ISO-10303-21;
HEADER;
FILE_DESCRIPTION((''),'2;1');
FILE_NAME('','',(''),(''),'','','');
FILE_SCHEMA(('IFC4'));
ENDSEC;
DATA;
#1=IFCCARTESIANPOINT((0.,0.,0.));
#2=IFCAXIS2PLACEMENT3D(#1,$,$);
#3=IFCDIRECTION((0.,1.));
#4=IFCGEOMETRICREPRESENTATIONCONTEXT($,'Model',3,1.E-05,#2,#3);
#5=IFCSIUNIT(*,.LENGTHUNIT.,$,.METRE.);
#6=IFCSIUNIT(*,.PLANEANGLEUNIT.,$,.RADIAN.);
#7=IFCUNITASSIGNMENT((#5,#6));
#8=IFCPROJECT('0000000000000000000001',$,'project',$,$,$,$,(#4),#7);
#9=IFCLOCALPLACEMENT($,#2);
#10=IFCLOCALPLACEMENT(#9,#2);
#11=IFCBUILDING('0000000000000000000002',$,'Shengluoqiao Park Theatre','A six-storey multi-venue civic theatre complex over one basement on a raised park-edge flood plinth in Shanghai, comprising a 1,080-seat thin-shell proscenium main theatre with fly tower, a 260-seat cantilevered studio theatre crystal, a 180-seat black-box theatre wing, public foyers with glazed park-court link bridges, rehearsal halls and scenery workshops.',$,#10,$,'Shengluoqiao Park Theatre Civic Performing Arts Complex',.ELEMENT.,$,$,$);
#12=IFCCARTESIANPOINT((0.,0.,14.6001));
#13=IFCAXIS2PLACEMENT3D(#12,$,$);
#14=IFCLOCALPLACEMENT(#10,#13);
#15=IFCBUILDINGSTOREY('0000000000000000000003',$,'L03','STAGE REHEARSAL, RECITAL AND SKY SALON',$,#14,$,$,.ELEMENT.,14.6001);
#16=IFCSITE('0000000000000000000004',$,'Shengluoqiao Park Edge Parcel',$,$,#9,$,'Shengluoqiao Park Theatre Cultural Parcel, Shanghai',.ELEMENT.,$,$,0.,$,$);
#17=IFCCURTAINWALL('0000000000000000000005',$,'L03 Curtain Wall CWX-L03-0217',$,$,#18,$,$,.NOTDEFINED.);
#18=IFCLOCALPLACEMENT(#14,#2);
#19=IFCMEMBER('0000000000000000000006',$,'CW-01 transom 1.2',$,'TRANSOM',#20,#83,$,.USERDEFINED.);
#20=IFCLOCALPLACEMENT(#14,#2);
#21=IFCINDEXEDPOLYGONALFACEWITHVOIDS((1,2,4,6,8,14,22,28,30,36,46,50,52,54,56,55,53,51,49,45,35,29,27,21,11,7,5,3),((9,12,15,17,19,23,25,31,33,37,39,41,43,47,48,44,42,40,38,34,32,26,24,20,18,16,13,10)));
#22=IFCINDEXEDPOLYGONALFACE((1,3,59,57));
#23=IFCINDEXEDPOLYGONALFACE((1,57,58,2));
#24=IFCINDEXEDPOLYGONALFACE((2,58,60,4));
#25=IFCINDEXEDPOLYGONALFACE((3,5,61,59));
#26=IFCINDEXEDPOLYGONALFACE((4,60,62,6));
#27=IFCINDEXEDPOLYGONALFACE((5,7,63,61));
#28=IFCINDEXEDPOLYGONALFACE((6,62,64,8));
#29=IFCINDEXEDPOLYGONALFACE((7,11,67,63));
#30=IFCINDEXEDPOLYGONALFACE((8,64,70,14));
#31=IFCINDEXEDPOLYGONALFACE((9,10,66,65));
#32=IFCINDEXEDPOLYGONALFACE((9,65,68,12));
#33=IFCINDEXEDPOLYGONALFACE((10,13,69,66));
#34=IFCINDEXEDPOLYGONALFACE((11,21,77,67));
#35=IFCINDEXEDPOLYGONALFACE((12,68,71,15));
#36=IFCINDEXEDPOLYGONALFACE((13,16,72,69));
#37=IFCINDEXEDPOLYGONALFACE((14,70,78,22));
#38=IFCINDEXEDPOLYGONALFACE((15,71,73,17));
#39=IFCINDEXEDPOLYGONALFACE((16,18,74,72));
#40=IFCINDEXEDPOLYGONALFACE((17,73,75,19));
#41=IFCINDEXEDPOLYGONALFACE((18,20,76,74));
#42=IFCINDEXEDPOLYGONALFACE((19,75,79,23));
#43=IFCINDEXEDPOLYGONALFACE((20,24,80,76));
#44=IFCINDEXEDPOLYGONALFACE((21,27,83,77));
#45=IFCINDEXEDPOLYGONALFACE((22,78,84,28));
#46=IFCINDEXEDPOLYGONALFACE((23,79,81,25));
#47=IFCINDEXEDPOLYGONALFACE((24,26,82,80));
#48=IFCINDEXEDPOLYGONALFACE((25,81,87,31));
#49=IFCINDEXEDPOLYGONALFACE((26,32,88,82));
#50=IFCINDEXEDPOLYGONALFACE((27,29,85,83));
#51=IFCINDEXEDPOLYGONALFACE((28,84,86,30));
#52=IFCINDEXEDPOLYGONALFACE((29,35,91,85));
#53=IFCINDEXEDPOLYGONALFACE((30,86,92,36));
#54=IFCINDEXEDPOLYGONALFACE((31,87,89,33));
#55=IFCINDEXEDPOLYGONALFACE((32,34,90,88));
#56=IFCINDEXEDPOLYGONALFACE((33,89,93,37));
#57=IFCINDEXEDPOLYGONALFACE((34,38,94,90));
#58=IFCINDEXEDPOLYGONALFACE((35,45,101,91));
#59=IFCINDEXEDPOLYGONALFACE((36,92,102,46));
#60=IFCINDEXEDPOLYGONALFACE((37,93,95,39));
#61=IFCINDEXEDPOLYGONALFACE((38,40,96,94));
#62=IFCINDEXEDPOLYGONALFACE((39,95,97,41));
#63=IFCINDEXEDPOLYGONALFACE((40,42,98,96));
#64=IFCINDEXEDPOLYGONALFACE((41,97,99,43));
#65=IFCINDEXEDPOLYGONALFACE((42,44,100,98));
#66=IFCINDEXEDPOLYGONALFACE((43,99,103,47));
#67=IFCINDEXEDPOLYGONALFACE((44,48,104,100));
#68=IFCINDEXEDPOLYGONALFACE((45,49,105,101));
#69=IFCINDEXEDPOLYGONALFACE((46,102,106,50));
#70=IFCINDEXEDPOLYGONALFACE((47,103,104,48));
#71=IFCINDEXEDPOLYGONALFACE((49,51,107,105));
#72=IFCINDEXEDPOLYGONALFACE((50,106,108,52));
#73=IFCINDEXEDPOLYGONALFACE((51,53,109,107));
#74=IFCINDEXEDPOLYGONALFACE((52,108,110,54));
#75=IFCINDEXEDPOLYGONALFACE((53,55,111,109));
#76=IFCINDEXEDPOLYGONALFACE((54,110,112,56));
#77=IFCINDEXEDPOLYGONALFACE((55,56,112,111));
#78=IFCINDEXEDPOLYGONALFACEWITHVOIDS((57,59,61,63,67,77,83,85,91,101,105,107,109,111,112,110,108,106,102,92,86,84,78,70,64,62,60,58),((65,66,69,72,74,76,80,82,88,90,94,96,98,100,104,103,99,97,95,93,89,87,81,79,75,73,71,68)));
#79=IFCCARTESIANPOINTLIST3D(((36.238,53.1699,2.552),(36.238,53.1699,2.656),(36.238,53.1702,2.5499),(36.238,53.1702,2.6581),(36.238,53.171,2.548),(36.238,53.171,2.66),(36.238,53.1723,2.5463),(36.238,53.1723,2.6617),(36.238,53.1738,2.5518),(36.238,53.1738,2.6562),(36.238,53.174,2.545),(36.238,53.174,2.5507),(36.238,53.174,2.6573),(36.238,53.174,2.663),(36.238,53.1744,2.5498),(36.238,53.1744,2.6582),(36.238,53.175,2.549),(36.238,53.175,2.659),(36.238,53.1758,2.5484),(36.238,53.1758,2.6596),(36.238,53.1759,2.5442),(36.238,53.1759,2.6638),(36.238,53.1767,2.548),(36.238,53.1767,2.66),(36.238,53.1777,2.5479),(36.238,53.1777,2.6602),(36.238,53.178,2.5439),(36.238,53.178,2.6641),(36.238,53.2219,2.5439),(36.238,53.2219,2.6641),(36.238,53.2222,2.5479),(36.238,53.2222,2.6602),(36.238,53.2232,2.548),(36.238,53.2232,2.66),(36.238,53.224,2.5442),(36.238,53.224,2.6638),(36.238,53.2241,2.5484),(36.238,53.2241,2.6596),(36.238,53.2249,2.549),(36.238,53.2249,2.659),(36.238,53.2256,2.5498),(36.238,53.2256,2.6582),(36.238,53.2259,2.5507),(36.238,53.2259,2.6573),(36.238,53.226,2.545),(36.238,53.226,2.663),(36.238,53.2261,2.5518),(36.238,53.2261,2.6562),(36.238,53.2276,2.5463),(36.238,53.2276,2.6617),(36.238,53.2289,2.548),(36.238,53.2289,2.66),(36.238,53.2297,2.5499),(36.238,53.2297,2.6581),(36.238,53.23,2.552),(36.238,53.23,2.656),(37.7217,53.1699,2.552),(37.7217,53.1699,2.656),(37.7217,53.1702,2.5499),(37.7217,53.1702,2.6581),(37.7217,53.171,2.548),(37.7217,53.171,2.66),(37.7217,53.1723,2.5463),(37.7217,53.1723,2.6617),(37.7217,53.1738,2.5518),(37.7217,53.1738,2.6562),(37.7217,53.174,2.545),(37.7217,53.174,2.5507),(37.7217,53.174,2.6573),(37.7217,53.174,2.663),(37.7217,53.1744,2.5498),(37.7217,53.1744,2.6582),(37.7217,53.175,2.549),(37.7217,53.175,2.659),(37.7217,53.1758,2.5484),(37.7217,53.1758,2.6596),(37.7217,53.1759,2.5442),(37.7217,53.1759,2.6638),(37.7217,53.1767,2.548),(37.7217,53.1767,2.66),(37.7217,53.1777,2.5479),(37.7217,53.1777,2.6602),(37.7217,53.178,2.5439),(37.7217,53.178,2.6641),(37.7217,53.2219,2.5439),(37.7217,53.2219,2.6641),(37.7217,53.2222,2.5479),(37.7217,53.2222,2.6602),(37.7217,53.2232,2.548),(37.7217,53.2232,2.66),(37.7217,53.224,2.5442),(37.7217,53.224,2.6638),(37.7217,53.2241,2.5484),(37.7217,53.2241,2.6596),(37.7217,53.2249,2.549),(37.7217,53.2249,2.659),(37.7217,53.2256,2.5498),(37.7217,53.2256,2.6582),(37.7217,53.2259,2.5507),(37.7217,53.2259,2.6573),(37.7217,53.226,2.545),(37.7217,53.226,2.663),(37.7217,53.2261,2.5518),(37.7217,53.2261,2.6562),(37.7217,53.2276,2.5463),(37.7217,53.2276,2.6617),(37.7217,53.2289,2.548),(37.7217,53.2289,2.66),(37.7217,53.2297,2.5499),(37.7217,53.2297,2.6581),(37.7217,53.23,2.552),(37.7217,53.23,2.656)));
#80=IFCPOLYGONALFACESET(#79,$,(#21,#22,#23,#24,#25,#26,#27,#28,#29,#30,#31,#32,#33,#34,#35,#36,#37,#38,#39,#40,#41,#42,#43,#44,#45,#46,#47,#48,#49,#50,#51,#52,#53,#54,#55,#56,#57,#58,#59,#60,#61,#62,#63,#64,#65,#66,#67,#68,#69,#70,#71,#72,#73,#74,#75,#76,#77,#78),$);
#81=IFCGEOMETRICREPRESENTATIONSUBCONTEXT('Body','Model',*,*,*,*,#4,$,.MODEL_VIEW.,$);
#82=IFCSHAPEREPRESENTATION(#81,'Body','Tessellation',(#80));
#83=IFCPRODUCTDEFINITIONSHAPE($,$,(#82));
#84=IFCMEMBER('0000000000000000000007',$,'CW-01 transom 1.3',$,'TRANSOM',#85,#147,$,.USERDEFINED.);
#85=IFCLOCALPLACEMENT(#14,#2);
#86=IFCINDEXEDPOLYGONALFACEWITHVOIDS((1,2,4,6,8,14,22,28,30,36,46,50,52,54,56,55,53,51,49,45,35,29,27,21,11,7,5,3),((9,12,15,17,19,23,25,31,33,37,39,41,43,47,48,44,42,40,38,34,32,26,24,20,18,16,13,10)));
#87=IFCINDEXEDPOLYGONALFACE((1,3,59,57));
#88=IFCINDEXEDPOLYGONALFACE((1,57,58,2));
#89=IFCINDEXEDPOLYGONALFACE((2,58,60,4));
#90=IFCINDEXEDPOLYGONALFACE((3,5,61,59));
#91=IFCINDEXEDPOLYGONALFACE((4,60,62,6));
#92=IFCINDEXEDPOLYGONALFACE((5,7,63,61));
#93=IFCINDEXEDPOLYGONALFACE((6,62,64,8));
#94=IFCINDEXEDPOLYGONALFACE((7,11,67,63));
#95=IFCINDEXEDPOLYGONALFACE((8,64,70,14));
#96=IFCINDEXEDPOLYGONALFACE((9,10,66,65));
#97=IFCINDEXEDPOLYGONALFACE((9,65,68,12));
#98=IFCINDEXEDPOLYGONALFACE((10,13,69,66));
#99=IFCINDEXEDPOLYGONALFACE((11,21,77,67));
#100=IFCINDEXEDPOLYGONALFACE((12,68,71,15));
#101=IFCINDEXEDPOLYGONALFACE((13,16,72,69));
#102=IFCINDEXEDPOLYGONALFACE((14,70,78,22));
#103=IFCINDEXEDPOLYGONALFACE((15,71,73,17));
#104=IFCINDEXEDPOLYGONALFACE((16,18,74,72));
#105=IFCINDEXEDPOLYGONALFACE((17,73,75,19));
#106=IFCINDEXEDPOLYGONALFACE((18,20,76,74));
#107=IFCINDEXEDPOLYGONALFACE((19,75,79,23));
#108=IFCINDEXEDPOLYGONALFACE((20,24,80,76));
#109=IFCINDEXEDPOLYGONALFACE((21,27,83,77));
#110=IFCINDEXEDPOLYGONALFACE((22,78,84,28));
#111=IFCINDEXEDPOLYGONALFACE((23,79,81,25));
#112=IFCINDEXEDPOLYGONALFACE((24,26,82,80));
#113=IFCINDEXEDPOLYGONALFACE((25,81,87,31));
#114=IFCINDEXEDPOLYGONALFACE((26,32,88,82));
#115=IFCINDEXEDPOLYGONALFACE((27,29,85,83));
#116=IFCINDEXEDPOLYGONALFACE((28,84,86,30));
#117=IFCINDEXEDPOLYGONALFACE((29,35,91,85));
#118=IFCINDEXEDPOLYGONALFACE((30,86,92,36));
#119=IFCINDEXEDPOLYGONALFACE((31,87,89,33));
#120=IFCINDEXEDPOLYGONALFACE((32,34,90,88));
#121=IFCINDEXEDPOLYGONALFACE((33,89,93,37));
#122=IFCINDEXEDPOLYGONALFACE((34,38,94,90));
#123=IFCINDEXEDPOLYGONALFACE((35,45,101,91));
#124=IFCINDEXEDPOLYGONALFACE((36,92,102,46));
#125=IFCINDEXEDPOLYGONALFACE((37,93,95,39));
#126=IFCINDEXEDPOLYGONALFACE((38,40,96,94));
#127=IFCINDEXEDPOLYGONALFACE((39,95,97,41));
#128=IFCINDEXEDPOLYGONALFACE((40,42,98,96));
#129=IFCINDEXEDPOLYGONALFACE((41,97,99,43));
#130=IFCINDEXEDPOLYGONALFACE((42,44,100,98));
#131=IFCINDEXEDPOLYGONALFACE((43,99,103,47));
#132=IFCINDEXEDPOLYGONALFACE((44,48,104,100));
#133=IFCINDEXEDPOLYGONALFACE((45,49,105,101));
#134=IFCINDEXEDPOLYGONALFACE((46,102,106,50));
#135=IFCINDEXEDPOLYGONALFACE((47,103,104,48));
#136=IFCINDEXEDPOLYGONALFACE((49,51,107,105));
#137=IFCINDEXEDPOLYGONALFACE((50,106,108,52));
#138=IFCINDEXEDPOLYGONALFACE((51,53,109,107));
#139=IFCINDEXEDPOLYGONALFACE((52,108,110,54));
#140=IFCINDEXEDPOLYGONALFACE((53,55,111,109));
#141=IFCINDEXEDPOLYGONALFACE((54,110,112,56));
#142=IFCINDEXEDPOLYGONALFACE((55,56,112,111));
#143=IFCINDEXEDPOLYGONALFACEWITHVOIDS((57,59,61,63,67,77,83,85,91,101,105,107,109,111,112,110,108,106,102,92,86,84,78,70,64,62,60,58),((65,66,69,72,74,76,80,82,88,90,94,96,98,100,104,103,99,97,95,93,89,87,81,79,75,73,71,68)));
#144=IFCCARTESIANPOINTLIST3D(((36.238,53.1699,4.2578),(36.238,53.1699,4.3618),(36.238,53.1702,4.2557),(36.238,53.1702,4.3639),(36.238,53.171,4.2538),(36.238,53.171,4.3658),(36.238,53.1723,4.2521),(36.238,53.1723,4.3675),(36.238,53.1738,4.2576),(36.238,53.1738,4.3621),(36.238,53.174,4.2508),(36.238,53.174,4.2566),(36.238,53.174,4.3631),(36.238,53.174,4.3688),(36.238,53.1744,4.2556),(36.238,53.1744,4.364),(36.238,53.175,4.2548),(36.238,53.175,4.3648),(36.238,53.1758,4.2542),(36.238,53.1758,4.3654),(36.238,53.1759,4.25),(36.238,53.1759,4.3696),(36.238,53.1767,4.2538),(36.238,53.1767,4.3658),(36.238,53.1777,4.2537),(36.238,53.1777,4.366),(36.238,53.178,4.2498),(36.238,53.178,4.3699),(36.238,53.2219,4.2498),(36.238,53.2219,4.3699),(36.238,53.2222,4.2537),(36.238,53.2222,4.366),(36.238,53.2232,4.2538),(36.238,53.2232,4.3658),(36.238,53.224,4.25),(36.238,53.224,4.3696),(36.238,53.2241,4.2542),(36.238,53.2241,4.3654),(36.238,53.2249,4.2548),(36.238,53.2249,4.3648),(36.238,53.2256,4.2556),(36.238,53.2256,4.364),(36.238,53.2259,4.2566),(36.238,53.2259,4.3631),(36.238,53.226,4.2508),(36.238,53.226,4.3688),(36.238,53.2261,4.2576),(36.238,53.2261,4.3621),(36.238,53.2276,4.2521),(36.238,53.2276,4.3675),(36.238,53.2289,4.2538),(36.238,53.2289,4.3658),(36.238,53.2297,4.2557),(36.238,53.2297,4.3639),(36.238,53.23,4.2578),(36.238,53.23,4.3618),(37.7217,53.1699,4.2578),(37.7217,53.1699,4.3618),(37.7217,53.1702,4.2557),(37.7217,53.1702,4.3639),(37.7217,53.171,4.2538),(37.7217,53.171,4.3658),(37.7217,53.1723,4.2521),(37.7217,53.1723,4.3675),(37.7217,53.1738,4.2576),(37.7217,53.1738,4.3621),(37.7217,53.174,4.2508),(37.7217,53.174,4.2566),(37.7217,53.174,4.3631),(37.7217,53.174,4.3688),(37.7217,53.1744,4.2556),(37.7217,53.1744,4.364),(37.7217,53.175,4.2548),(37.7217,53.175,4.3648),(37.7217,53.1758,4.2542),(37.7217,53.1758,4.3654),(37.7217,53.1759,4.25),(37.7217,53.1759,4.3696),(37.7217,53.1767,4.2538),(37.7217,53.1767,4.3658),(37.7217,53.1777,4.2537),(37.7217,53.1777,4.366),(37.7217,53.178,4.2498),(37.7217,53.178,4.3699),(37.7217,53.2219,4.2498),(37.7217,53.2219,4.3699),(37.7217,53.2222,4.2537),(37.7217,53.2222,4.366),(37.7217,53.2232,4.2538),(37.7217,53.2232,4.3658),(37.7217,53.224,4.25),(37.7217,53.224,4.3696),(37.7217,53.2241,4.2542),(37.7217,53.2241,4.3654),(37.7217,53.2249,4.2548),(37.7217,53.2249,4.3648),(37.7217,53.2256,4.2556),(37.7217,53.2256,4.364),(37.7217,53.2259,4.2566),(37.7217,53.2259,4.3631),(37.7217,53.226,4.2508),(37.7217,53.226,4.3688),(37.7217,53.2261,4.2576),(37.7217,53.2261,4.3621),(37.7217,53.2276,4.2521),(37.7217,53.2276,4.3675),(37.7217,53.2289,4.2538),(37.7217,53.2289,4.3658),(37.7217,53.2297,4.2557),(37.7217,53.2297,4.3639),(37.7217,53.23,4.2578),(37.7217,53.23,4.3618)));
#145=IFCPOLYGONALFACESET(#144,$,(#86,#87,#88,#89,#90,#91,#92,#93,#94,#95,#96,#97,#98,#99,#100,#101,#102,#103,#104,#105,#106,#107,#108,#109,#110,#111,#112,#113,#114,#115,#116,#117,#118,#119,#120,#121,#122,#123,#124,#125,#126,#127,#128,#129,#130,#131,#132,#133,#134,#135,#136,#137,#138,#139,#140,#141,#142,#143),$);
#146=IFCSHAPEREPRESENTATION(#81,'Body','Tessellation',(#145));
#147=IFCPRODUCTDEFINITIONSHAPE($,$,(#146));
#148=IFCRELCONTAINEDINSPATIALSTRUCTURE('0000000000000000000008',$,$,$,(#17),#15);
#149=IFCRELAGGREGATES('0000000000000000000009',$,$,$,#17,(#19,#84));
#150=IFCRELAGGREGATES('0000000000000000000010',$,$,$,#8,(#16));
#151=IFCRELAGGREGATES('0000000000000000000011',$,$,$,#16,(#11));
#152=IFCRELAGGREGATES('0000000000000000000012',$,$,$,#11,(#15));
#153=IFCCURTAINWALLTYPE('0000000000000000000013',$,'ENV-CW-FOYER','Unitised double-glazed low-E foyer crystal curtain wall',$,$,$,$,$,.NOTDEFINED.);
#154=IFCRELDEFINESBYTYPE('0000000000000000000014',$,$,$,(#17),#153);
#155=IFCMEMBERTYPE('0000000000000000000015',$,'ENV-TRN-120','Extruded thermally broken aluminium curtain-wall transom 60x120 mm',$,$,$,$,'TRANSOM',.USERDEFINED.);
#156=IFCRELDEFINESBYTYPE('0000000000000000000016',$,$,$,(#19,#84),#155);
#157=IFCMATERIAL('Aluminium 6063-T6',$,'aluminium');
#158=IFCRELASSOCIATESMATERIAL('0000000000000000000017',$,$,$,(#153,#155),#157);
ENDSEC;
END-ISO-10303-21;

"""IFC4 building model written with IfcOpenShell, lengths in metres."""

from ifc_helpers import new_model, si_unit, direction, frame, origin, origin_2d, place, context, subcontext, project, spatial, hollow_rectangle, extrude, material, material_profile, profile_set, type_object, element, aggregate, save


model = new_model("IFC4")

# Units and contexts
model_context = context("Model", 3, precision=1e-05, world=origin(), true_north=direction((0.0, 1.0)))
body_context = subcontext(model_context, "Body", "Model", "MODEL_VIEW")
ifc_project = project(units=[si_unit("LENGTHUNIT", "METRE"), si_unit("PLANEANGLEUNIT", "RADIAN")], contexts=[model_context])

# Site, building, storey
site_placement = place(None, origin())
site = spatial("IfcSite", under=ifc_project, at=site_placement, Name="Shengluoqiao Park Edge Parcel", LongName="Shengluoqiao Park Theatre Cultural Parcel, Shanghai", CompositionType="ELEMENT", RefElevation=0.0)
building_placement = place(site_placement, origin())
building = spatial("IfcBuilding", under=site, at=building_placement, Name="Shengluoqiao Park Theatre", Description="A six-storey multi-venue civic theatre complex over one basement on a raised park-edge flood plinth in Shanghai, comprising a 1,080-seat thin-shell proscenium main theatre with fly tower, a 260-seat cantilevered studio theatre crystal, a 180-seat black-box theatre wing, public foyers with glazed park-court link bridges, rehearsal halls and scenery workshops.", LongName="Shengluoqiao Park Theatre Civic Performing Arts Complex", CompositionType="ELEMENT")
storey_placement = place(building_placement, frame((0.0, 0.0, 14.6001)))
storey = spatial("IfcBuildingStorey", under=building, at=storey_placement, Name="L03", Description="STAGE REHEARSAL, RECITAL AND SKY SALON", CompositionType="ELEMENT", Elevation=14.6001)

# Shared definitions
ifc_material_1 = material(Name="Aluminium 6063-T6", Category="aluminium")

# Curtain wall
curtain_wall_type_1 = type_object("IfcCurtainWallType", Name="ENV-CW-FOYER", Description="Unitised double-glazed low-E foyer crystal curtain wall", PredefinedType="NOTDEFINED", material=ifc_material_1)
curtain_wall_1_placement = place(storey_placement, origin())
curtain_wall_1 = element("IfcCurtainWall", 1, at=curtain_wall_1_placement, inside=storey, type_object=curtain_wall_type_1, Name="L03 Curtain Wall CWX-L03-0217", PredefinedType="NOTDEFINED")

# Members
ifc_material_profile_1 = material_profile(ifc_material_1, hollow_rectangle(XDim=0.0601, YDim=0.1201, WallThickness=0.0039, InnerFilletRadius=0.0039, OuterFilletRadius=0.0081, at=origin_2d()), Name="ALU TRANSOM 120x60x4")
ifc_profile_set_1 = profile_set([ifc_material_profile_1], Name="Aluminium 6063-T6")
member_type_1 = type_object("IfcMemberType", Name="ENV-TRN-120", Description="Extruded thermally broken aluminium curtain-wall transom 60x120 mm", ElementType="TRANSOM", PredefinedType="USERDEFINED", material=ifc_profile_set_1)
member_1_placement = place(storey_placement, frame((36.238, 53.2, 2.604), z_axis=(1.0, 0.0, 0.0), x_axis=(0.0, 1.0, 0.0)))
member_1 = element("IfcMember", 2, at=member_1_placement, type_object=member_type_1, Name="CW-01 transom 1.2", ObjectType="TRANSOM", PredefinedType="USERDEFINED", context=body_context, shape_type="SweptSolid", body=[
    extrude(hollow_rectangle(XDim=0.0601, YDim=0.1201, WallThickness=0.0039, InnerFilletRadius=0.0039, OuterFilletRadius=0.0081, at=origin_2d()), origin(), (0.0, 0.0, 1.0), 1.4836),
])
member_2_placement = place(storey_placement, frame((36.238, 53.2, 4.3098), z_axis=(1.0, 0.0, 0.0), x_axis=(0.0, 1.0, 0.0)))
member_2 = element("IfcMember", 3, at=member_2_placement, type_object=member_type_1, Name="CW-01 transom 1.3", ObjectType="TRANSOM", PredefinedType="USERDEFINED", context=body_context, shape_type="SweptSolid", body=[
    extrude(hollow_rectangle(XDim=0.0601, YDim=0.1201, WallThickness=0.0039, InnerFilletRadius=0.0039, OuterFilletRadius=0.0081, at=origin_2d()), origin(), (0.0, 0.0, 1.0), 1.4836),
])

aggregate(curtain_wall_1, [member_1, member_2])

save(model, "model.ifc")
